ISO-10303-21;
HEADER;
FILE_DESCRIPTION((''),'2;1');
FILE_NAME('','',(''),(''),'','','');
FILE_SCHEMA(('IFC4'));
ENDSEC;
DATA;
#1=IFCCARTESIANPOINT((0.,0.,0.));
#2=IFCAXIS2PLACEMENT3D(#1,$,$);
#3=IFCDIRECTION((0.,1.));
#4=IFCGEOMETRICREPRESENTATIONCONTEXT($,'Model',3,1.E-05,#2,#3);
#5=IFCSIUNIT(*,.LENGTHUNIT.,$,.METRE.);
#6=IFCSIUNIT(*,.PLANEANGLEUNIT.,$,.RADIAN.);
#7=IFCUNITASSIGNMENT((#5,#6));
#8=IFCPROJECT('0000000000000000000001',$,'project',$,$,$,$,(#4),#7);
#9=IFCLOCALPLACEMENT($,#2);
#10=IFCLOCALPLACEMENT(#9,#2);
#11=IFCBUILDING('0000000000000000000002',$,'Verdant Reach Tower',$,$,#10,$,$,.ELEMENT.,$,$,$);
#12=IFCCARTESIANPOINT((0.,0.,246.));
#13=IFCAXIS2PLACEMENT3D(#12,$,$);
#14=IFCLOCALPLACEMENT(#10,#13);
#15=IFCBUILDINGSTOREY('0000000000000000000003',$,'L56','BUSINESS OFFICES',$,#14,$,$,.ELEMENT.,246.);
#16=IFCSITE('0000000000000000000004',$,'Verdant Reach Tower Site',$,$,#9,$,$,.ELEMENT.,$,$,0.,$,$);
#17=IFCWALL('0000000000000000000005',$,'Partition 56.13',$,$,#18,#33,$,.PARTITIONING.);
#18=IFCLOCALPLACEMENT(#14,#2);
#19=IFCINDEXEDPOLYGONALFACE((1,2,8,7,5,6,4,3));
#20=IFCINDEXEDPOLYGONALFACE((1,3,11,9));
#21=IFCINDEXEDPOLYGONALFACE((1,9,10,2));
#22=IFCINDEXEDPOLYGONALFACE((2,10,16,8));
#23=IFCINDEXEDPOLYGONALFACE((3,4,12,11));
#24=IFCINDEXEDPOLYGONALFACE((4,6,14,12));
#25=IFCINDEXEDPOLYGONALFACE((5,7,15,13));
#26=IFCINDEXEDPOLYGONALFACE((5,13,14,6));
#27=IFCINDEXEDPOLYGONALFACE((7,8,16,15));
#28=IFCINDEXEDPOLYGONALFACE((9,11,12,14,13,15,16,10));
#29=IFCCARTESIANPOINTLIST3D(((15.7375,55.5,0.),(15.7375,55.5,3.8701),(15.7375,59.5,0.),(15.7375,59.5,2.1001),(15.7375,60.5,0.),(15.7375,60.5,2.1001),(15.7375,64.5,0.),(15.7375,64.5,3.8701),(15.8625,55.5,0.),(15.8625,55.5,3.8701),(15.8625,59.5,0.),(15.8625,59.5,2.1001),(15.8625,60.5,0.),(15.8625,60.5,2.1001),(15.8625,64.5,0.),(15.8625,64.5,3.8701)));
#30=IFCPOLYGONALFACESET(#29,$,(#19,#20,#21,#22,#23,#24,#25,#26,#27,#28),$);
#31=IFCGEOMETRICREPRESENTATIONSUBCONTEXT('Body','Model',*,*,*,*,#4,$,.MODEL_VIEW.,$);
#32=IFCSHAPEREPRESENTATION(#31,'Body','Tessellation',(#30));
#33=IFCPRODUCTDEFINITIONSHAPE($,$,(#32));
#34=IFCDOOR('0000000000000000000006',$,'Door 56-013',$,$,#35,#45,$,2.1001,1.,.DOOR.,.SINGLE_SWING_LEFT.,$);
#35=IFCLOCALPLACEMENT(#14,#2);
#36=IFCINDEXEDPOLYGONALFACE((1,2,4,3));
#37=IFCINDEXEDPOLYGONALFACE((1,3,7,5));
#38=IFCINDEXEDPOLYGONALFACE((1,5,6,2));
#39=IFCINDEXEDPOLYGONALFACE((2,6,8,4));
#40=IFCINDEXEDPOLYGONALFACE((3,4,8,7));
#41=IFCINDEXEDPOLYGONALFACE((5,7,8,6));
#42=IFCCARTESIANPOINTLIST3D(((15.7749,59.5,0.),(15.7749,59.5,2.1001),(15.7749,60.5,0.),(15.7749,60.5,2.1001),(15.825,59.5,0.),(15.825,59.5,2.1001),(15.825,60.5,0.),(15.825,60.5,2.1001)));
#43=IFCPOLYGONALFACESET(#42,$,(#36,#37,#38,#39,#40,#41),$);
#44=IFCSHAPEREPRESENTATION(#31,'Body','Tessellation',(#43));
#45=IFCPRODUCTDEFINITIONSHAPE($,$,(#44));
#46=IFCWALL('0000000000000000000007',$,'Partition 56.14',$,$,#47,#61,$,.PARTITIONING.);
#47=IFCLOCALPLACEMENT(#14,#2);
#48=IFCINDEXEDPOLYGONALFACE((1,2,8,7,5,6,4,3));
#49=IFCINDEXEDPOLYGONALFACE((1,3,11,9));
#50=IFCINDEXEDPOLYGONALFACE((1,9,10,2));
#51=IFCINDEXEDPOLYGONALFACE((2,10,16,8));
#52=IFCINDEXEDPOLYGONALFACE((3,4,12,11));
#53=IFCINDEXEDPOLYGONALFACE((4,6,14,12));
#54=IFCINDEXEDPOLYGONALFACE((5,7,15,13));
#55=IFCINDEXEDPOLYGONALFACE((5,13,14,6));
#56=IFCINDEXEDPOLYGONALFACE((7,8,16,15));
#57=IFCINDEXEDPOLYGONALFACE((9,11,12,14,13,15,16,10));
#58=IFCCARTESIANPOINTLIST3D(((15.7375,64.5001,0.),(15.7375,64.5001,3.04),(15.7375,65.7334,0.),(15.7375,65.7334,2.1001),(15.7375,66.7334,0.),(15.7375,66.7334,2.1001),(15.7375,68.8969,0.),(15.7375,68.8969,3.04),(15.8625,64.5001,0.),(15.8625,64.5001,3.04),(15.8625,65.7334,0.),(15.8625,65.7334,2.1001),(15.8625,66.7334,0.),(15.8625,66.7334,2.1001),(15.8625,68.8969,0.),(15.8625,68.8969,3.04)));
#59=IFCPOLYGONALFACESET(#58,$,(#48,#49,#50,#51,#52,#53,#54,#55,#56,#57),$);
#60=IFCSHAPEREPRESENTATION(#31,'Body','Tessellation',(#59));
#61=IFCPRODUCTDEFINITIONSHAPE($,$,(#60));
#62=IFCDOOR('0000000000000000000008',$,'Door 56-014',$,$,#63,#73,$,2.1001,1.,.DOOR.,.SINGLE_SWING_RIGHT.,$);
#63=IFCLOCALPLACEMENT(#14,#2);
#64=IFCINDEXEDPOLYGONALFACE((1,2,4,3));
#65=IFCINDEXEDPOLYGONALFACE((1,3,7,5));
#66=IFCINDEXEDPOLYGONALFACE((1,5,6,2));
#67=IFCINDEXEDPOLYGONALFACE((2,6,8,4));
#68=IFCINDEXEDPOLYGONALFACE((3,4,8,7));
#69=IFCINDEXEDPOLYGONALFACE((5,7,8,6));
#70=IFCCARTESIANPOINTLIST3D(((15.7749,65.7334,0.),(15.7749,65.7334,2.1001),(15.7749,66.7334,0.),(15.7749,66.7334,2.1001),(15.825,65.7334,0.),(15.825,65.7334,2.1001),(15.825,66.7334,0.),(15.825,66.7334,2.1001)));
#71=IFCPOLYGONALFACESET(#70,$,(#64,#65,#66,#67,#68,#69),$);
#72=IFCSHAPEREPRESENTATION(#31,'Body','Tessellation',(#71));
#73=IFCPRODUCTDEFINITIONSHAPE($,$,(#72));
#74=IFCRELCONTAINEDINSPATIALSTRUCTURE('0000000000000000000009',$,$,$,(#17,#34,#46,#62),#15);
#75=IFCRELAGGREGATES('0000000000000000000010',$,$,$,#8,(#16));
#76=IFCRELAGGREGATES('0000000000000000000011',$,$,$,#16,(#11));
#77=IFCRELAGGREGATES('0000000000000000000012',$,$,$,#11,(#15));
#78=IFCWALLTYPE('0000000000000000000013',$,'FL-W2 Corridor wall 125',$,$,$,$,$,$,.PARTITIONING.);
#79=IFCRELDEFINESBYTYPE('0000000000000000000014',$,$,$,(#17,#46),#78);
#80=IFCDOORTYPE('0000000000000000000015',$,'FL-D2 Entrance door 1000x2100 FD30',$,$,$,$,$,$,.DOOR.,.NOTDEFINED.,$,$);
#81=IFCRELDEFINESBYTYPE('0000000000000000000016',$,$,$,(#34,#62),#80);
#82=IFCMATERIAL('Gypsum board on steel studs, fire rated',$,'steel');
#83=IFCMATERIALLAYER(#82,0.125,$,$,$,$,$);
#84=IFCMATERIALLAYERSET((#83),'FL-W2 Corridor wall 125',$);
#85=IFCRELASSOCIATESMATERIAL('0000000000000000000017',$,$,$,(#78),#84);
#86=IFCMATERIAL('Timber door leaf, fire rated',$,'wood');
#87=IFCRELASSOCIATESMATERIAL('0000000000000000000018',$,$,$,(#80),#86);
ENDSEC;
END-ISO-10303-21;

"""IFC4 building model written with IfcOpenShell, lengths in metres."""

from ifc_helpers import new_model, si_unit, direction, frame, frame_2d, origin, place, context, subcontext, project, spatial, rectangle, extrude, material, layer, layer_set, type_object, element, fill, save


model = new_model("IFC4")

# Units and contexts
model_context = context("Model", 3, precision=1e-05, world=origin(), true_north=direction((0.0, 1.0)))
body_context = subcontext(model_context, "Body", "Model", "MODEL_VIEW")
ifc_project = project(units=[si_unit("LENGTHUNIT", "METRE"), si_unit("PLANEANGLEUNIT", "RADIAN")], contexts=[model_context])

# Site, building, storey
site_placement = place(None, origin())
site = spatial("IfcSite", under=ifc_project, at=site_placement, Name="Verdant Reach Tower Site", CompositionType="ELEMENT", RefElevation=0.0)
building_placement = place(site_placement, origin())
building = spatial("IfcBuilding", under=site, at=building_placement, Name="Verdant Reach Tower", CompositionType="ELEMENT")
storey_placement = place(building_placement, frame((0.0, 0.0, 246.0)))
storey = spatial("IfcBuildingStorey", under=building, at=storey_placement, Name="L56", Description="BUSINESS OFFICES", CompositionType="ELEMENT", Elevation=246.0)

# Walls, openings, doors
ifc_material_1 = material(Name="Gypsum board on steel studs, fire rated", Category="steel")
ifc_layer_1 = layer(ifc_material_1, 0.125)
ifc_layer_set_1 = layer_set([ifc_layer_1], Name="FL-W2 Corridor wall 125")
wall_type_1 = type_object("IfcWallType", Name="FL-W2 Corridor wall 125", PredefinedType="PARTITIONING", material=ifc_layer_set_1)
ifc_material_2 = material(Name="Timber door leaf, fire rated", Category="wood")
door_type = type_object("IfcDoorType", Name="FL-D2 Entrance door 1000x2100 FD30", OperationType="NOTDEFINED", PredefinedType="DOOR", material=ifc_material_2)
wall_1_placement = place(storey_placement, frame((15.8, 64.5, 0.0), z_axis=(0.0, 0.0, 1.0), x_axis=(0.0, -1.0, 0.0)))
wall_1 = element("IfcWall", 1, at=wall_1_placement, inside=storey, type_object=wall_type_1, Name="Partition 56.13", PredefinedType="PARTITIONING", context=body_context, shape_type="SweptSolid", body=[
    extrude(rectangle(XDim=9.0, YDim=0.125, at=frame_2d((4.5, 0.0))), origin(), (0.0, 0.0, 1.0), 3.8701),
])
opening_1_placement = place(wall_1_placement, frame((4.0, 0.0, 0.0)))
opening_1 = element("IfcOpeningElement", 2, at=opening_1_placement, cuts=wall_1, PredefinedType="OPENING", context=body_context, shape_type="SweptSolid", body=[
    extrude(rectangle(XDim=1.0, YDim=2.1001, at=frame_2d((0.5, 1.05))), frame((0.0, 0.0725, 0.0), z_axis=(0.0, -1.0, 0.0), x_axis=(1.0, 0.0, 0.0)), (0.0, 0.0, 1.0), 0.145),
])
door_1_placement = place(opening_1_placement, origin())
door_1 = element("IfcDoor", 3, at=door_1_placement, inside=storey, type_object=door_type, Name="Door 56-013", OperationType="SINGLE_SWING_LEFT", OverallHeight=2.1001, OverallWidth=1.0, PredefinedType="DOOR", context=body_context, shape_type="SweptSolid", body=[
    extrude(rectangle(XDim=1.0, YDim=2.1001, at=frame_2d((0.5, 1.05))), frame((0.0, 0.0249, 0.0), z_axis=(0.0, -1.0, 0.0), x_axis=(1.0, 0.0, 0.0)), (0.0, 0.0, 1.0), 0.05),
])
fill(opening_1, door_1)
wall_2_placement = place(storey_placement, frame((15.8, 68.8967, 0.0), z_axis=(0.0, 0.0, 1.0), x_axis=(0.0, -1.0, 0.0)))
wall_2 = element("IfcWall", 4, at=wall_2_placement, inside=storey, type_object=wall_type_1, Name="Partition 56.14", PredefinedType="PARTITIONING", context=body_context, shape_type="SweptSolid", body=[
    extrude(rectangle(XDim=4.3967, YDim=0.125, at=frame_2d((2.1982, 0.0))), origin(), (0.0, 0.0, 1.0), 3.04),
])
opening_2_placement = place(wall_2_placement, frame((2.1633, 0.0, 0.0)))
opening_2 = element("IfcOpeningElement", 5, at=opening_2_placement, cuts=wall_2, PredefinedType="OPENING", context=body_context, shape_type="SweptSolid", body=[
    extrude(rectangle(XDim=1.0, YDim=2.1001, at=frame_2d((0.5, 1.05))), frame((0.0, 0.0725, 0.0), z_axis=(0.0, -1.0, 0.0), x_axis=(1.0, 0.0, 0.0)), (0.0, 0.0, 1.0), 0.145),
])
door_2_placement = place(opening_2_placement, origin())
door_2 = element("IfcDoor", 6, at=door_2_placement, inside=storey, type_object=door_type, Name="Door 56-014", OperationType="SINGLE_SWING_RIGHT", OverallHeight=2.1001, OverallWidth=1.0, PredefinedType="DOOR", context=body_context, shape_type="SweptSolid", body=[
    extrude(rectangle(XDim=1.0, YDim=2.1001, at=frame_2d((0.5, 1.05))), frame((0.0, 0.0249, 0.0), z_axis=(0.0, -1.0, 0.0), x_axis=(1.0, 0.0, 0.0)), (0.0, 0.0, 1.0), 0.05),
])
fill(opening_2, door_2)

save(model, "model.ifc")
